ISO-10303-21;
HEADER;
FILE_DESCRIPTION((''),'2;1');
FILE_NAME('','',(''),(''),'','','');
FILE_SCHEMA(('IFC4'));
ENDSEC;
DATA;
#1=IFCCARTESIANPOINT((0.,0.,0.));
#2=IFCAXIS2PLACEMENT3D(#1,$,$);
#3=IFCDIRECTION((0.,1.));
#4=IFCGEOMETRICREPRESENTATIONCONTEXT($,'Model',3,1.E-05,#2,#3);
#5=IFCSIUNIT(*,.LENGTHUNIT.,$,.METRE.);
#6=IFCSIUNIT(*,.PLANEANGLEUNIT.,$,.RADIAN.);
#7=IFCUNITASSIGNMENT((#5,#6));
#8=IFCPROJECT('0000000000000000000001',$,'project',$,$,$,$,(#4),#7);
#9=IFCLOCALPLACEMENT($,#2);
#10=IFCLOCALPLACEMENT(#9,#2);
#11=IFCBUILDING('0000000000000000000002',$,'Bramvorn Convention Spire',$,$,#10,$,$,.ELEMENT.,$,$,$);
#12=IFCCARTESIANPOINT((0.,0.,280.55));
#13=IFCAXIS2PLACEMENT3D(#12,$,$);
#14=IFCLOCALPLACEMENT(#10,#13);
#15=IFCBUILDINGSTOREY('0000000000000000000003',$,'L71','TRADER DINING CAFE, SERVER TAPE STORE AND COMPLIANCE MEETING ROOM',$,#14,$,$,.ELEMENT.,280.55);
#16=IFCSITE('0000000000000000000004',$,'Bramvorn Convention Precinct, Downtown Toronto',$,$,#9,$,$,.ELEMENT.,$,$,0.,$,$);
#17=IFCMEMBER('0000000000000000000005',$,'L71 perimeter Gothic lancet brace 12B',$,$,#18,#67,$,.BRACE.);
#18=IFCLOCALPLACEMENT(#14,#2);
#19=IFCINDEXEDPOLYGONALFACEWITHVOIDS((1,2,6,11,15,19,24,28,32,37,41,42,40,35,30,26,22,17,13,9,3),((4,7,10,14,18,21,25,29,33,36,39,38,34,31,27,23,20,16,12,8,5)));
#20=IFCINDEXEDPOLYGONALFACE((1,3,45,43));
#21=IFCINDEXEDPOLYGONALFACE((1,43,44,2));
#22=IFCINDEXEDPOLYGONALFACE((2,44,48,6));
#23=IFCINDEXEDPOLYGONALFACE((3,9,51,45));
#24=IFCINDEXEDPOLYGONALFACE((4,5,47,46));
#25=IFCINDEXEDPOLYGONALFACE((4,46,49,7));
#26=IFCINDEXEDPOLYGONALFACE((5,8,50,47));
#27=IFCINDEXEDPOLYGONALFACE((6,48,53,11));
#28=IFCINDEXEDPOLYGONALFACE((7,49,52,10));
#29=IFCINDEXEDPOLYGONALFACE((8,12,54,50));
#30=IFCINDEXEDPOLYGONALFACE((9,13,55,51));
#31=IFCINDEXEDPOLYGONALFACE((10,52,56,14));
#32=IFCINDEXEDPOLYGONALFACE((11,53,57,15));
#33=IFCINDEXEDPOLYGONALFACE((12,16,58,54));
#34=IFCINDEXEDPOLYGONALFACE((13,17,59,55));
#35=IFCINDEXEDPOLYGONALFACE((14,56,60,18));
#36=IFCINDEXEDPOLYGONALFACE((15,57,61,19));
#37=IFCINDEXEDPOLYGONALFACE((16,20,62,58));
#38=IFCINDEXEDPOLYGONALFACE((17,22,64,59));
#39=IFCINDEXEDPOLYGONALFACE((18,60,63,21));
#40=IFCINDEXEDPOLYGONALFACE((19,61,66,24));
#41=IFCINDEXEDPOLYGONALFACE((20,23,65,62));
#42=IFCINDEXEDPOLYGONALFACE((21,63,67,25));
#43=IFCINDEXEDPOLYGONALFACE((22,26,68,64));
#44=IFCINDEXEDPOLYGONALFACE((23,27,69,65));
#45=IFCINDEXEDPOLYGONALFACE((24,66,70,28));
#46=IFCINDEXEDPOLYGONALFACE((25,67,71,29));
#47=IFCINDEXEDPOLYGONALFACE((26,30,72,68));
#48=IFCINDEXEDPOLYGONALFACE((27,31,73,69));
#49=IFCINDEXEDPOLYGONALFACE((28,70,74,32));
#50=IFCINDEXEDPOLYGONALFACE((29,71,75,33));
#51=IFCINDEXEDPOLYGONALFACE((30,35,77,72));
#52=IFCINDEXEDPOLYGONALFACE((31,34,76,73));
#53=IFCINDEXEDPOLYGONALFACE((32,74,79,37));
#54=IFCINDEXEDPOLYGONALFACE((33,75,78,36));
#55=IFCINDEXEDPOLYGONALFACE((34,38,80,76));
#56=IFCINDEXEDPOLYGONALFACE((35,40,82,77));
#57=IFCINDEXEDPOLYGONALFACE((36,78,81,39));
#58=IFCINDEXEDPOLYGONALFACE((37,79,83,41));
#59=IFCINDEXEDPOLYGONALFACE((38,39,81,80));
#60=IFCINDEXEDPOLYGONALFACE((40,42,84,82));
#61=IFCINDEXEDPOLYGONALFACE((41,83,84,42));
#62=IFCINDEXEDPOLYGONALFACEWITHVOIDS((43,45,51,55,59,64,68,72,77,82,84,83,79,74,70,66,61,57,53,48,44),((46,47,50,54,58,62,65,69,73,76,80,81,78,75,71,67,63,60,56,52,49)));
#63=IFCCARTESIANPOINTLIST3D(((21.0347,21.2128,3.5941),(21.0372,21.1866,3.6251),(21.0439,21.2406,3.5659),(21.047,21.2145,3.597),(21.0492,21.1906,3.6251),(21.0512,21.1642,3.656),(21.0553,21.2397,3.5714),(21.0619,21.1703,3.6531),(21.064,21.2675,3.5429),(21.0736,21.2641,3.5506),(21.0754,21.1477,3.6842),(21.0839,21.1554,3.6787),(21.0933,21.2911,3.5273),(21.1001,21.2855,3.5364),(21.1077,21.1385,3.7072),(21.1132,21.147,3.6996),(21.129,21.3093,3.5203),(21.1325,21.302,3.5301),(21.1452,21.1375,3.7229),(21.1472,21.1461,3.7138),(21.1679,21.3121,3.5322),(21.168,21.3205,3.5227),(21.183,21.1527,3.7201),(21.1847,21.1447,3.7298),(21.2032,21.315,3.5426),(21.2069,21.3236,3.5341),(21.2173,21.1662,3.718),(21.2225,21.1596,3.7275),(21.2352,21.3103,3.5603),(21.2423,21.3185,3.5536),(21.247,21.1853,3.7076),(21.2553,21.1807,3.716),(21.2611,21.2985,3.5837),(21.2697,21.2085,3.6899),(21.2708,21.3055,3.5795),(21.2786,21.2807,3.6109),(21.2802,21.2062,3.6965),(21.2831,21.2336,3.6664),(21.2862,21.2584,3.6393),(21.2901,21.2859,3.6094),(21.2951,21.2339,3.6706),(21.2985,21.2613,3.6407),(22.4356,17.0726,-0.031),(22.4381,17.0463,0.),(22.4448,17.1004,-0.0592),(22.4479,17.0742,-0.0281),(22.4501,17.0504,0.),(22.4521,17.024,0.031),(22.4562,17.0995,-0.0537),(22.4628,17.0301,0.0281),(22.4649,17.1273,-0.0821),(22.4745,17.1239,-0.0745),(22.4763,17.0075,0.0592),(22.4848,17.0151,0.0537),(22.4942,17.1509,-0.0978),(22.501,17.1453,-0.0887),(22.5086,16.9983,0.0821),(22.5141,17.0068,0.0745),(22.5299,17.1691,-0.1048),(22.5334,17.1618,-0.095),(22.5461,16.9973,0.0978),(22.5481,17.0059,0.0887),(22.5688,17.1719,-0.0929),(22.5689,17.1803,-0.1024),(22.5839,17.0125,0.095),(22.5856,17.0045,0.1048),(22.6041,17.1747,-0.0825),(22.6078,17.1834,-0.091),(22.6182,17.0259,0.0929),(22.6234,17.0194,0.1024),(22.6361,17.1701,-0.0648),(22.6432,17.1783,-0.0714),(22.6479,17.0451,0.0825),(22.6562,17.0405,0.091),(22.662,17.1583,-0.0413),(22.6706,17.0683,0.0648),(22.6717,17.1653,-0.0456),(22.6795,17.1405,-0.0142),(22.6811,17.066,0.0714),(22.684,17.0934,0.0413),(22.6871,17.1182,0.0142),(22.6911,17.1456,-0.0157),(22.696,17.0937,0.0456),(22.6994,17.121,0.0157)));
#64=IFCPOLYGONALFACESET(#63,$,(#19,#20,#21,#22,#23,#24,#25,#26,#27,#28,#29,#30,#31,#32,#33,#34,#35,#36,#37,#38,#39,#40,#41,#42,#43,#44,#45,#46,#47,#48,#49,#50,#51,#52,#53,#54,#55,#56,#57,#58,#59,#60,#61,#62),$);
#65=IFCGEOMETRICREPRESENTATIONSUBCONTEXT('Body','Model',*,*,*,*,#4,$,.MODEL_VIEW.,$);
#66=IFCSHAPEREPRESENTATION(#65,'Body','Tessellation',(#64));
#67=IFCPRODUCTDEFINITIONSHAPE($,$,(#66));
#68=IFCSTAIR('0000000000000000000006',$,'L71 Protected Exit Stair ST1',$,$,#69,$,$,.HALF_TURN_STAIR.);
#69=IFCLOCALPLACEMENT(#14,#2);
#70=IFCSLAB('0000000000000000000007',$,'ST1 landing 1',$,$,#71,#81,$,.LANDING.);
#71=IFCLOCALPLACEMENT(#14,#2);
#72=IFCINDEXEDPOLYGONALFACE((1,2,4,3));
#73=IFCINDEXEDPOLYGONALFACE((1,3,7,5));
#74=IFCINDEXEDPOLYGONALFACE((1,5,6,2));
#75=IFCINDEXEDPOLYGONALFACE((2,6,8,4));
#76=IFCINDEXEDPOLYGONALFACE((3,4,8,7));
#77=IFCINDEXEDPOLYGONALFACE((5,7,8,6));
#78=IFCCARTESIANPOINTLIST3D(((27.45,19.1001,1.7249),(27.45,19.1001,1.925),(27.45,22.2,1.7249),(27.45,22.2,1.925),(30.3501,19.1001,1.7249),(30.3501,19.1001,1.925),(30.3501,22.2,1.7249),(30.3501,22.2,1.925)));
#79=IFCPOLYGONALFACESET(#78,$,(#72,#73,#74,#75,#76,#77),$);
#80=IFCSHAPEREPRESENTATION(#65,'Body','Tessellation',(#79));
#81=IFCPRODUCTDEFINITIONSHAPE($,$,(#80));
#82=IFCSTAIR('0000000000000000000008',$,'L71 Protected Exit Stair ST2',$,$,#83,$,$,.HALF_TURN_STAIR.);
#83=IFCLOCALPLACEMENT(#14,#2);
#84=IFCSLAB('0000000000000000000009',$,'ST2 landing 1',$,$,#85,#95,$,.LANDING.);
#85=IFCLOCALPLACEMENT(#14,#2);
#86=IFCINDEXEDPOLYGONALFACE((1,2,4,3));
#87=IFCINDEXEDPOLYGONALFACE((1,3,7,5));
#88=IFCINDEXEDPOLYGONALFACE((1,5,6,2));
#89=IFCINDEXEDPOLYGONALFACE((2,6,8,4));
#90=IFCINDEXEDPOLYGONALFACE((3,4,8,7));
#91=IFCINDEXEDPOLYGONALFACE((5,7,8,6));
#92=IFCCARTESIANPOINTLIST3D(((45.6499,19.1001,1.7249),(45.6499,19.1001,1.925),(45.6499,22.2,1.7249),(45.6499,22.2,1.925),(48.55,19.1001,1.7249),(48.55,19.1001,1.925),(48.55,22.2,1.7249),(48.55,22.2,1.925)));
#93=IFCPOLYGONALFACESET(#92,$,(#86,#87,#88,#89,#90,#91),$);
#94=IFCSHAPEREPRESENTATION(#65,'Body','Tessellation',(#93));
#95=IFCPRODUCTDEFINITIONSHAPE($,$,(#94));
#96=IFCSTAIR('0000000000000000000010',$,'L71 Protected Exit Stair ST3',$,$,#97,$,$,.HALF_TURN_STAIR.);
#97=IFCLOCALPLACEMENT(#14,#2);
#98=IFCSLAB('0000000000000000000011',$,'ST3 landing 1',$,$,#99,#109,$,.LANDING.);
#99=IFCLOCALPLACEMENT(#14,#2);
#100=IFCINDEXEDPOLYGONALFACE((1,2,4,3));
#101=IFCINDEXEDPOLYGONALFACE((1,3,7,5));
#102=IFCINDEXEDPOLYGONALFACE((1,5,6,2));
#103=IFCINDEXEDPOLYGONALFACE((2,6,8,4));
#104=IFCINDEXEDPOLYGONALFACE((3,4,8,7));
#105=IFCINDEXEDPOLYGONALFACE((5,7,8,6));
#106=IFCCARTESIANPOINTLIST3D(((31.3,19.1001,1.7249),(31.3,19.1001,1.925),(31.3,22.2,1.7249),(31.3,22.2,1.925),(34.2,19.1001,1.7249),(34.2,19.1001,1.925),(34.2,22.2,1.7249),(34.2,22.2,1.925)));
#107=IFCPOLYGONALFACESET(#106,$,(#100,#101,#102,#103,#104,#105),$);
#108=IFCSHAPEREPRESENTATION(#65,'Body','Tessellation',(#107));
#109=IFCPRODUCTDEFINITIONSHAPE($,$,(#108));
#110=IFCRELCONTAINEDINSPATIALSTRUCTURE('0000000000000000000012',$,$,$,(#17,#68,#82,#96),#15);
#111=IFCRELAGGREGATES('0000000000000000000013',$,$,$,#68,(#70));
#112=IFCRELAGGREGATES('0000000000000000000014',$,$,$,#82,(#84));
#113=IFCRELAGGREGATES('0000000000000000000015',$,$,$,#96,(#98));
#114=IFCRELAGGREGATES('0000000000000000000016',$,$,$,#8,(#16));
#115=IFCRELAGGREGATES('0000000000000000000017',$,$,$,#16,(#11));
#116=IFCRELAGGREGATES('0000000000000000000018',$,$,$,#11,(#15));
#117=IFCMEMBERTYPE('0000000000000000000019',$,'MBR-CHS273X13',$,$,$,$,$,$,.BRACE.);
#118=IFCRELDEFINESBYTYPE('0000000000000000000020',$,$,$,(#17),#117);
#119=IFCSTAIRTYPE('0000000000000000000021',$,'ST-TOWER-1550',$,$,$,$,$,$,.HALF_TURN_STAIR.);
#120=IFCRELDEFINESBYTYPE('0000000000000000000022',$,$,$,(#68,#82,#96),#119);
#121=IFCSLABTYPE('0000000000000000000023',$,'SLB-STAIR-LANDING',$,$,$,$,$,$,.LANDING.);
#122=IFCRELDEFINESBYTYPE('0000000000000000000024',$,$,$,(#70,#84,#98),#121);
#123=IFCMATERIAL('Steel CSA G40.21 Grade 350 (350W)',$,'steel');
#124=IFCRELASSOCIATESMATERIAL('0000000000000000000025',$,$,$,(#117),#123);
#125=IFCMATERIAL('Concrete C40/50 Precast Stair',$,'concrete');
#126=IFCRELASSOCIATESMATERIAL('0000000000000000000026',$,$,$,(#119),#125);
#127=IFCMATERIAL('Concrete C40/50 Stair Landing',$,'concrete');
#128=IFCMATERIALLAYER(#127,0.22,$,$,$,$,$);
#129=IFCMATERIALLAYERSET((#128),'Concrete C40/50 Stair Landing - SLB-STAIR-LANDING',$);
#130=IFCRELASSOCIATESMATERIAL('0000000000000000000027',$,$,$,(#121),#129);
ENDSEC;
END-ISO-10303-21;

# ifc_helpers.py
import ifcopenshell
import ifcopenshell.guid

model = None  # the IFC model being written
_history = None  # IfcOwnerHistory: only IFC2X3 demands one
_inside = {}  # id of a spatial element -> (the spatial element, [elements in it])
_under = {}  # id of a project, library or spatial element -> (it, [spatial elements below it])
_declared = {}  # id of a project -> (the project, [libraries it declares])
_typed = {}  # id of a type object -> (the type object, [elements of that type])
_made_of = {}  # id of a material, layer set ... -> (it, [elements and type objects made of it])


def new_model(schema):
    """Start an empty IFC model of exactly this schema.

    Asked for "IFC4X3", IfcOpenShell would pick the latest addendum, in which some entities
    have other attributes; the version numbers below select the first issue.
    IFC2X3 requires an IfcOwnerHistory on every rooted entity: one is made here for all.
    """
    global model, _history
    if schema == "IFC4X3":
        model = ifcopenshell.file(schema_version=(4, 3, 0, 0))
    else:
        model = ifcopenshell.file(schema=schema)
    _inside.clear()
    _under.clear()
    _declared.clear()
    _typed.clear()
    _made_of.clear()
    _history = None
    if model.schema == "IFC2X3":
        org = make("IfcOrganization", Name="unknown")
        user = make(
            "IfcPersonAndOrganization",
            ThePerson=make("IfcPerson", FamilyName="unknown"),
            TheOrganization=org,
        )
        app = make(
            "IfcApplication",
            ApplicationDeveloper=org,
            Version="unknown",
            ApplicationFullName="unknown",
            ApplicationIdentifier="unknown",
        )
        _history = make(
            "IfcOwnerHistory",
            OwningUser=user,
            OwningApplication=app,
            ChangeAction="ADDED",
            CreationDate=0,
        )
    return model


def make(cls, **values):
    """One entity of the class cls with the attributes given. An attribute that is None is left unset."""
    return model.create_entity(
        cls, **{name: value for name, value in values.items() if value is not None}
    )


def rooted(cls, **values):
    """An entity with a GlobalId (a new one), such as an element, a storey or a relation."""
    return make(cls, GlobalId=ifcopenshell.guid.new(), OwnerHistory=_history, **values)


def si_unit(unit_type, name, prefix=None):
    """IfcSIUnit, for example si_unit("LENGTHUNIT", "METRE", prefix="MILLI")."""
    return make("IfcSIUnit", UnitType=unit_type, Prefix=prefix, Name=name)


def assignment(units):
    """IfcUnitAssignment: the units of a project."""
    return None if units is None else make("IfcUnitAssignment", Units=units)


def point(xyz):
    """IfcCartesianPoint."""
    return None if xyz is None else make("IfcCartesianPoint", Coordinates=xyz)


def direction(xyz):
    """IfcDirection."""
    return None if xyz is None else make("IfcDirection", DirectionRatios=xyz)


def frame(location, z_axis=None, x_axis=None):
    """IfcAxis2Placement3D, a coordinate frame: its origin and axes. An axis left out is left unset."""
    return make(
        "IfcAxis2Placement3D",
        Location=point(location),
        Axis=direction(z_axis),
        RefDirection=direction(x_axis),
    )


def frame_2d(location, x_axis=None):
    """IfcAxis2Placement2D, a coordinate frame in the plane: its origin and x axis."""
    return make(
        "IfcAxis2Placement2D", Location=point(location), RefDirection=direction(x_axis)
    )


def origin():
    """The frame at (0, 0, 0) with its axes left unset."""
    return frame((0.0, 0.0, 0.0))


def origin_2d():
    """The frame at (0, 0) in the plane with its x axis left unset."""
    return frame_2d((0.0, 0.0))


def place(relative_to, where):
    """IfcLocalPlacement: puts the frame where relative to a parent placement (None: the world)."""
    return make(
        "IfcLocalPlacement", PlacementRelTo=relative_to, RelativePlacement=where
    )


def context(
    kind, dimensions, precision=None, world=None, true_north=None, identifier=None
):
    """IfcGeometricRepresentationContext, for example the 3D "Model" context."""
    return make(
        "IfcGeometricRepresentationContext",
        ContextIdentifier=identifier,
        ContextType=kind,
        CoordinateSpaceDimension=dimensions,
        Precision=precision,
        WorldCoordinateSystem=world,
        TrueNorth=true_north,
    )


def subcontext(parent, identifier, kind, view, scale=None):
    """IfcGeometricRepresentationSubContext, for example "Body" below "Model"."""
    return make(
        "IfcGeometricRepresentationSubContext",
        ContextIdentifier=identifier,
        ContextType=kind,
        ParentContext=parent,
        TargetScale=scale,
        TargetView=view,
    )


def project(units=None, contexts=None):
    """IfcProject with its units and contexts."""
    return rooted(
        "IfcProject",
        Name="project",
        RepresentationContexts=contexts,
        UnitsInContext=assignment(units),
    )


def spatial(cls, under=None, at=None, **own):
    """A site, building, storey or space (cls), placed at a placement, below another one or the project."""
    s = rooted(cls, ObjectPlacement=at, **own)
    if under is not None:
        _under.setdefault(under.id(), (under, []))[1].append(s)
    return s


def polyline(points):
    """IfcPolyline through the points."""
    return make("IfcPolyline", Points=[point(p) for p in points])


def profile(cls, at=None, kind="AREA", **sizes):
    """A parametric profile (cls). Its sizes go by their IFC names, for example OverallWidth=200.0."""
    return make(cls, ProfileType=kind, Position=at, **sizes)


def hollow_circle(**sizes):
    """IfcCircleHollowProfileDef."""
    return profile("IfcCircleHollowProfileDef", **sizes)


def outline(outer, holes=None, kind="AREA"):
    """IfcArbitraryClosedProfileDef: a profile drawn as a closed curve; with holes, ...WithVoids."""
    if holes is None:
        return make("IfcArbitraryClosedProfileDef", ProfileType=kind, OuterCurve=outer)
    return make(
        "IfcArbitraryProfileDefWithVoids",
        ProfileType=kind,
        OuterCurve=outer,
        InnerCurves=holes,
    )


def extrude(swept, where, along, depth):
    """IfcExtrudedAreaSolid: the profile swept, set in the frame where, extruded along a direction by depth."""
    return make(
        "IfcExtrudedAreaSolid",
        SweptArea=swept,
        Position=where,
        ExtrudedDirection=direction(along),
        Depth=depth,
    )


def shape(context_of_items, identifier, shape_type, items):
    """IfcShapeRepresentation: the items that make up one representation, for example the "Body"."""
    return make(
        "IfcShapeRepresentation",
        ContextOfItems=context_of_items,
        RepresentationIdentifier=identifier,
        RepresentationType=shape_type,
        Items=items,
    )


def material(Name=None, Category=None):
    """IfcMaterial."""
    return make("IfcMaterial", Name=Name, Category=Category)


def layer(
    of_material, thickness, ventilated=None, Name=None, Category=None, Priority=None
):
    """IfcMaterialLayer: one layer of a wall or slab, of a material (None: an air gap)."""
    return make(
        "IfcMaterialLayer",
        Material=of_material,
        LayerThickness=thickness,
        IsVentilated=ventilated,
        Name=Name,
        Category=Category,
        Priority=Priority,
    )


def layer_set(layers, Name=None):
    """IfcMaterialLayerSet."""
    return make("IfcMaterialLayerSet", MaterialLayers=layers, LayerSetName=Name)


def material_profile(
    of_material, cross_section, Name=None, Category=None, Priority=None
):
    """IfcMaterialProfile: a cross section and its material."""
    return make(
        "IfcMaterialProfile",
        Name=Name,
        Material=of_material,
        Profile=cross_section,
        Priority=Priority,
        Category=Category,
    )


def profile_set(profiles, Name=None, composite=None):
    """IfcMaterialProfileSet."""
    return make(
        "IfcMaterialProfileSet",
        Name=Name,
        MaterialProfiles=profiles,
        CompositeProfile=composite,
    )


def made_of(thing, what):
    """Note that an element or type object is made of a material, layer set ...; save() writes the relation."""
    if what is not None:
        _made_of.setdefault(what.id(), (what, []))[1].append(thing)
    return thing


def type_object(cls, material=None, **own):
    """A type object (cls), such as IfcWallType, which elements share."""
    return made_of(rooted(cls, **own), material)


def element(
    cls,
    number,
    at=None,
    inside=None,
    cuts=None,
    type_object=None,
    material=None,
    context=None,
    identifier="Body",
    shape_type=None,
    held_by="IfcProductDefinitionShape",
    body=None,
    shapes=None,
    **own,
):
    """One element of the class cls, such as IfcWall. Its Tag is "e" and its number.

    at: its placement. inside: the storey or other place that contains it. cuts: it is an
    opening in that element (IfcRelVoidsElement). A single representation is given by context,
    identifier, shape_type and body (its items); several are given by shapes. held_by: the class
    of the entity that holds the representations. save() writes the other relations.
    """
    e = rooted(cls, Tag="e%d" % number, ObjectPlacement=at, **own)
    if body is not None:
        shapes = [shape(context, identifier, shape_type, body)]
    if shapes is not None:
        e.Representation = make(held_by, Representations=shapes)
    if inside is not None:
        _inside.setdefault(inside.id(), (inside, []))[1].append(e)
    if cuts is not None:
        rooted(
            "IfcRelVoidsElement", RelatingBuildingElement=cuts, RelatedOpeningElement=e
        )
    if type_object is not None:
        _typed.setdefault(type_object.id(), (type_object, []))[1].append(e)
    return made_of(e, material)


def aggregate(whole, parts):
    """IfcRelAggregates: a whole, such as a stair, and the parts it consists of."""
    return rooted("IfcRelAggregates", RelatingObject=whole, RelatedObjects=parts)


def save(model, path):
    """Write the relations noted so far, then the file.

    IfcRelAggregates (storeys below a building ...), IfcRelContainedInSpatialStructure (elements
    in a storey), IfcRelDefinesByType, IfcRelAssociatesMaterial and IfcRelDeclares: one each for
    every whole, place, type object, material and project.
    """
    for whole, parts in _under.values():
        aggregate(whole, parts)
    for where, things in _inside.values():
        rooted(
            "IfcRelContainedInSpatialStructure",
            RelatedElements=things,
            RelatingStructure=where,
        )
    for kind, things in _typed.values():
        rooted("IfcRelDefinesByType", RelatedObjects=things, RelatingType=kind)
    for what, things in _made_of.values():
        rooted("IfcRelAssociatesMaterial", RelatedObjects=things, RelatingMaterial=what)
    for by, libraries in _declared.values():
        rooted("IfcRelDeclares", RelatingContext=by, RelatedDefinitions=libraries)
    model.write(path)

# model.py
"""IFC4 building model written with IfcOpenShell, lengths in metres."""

from ifc_helpers import new_model, si_unit, direction, frame, origin, origin_2d, place, context, subcontext, project, spatial, polyline, hollow_circle, outline, extrude, material, layer, layer_set, material_profile, profile_set, type_object, element, aggregate, save


model = new_model("IFC4")

# Units and contexts
model_context = context("Model", 3, precision=1e-05, world=origin(), true_north=direction((0.0, 1.0)))
body_context = subcontext(model_context, "Body", "Model", "MODEL_VIEW")
ifc_project = project(units=[si_unit("LENGTHUNIT", "METRE"), si_unit("PLANEANGLEUNIT", "RADIAN")], contexts=[model_context])

# Site, building, storey
site_placement = place(None, origin())
site = spatial("IfcSite", under=ifc_project, at=site_placement, Name="Bramvorn Convention Precinct, Downtown Toronto", CompositionType="ELEMENT", RefElevation=0.0)
building_placement = place(site_placement, origin())
building = spatial("IfcBuilding", under=site, at=building_placement, Name="Bramvorn Convention Spire", CompositionType="ELEMENT")
storey_placement = place(building_placement, frame((0.0, 0.0, 280.55)))
storey = spatial("IfcBuildingStorey", under=building, at=storey_placement, Name="L71", Description="TRADER DINING CAFE, SERVER TAPE STORE AND COMPLIANCE MEETING ROOM", CompositionType="ELEMENT", Elevation=280.55)

# Shared definitions
ifc_material_1 = material(Name="Steel CSA G40.21 Grade 350 (350W)", Category="steel")

# Member
ifc_material_profile_1 = material_profile(ifc_material_1, hollow_circle(Radius=0.1365, WallThickness=0.0127, at=origin_2d()))
ifc_profile_set_1 = profile_set([ifc_material_profile_1], Name="Steel CSA G40.21 Grade 350 (350W) - CHS273X13")
member_type = type_object("IfcMemberType", Name="MBR-CHS273X13", PredefinedType="BRACE", material=ifc_profile_set_1)
member_placement = place(storey_placement, frame((22.5674, 17.0901, 0.0), z_axis=(-0.246705, 0.729107, 0.638388), x_axis=(-0.947244, -0.320514, 0.0)))
element("IfcMember", 1, at=member_placement, inside=storey, type_object=member_type, Name="L71 perimeter Gothic lancet brace 12B", PredefinedType="BRACE", context=body_context, shape_type="SweptSolid", body=[
    extrude(hollow_circle(Radius=0.1365, WallThickness=0.0127, at=origin_2d()), origin(), (0.0, 0.0, 1.0), 5.6785),
])

# Stairs, slabs
ifc_material_2 = material(Name="Concrete C40/50 Precast Stair", Category="concrete")
stair_type = type_object("IfcStairType", Name="ST-TOWER-1550", PredefinedType="HALF_TURN_STAIR", material=ifc_material_2)
stair_1_placement = place(storey_placement, origin())
stair_1 = element("IfcStair", 2, at=stair_1_placement, inside=storey, type_object=stair_type, Name="L71 Protected Exit Stair ST1", PredefinedType="HALF_TURN_STAIR")
ifc_material_3 = material(Name="Concrete C40/50 Stair Landing", Category="concrete")
ifc_layer_1 = layer(ifc_material_3, 0.22)
ifc_layer_set_1 = layer_set([ifc_layer_1], Name="Concrete C40/50 Stair Landing - SLB-STAIR-LANDING")
slab_type_1 = type_object("IfcSlabType", Name="SLB-STAIR-LANDING", PredefinedType="LANDING", material=ifc_layer_set_1)
slab_1_placement = place(storey_placement, frame((0.0, 0.0, 1.7249)))
slab_1 = element("IfcSlab", 3, at=slab_1_placement, type_object=slab_type_1, Name="ST1 landing 1", PredefinedType="LANDING", context=body_context, shape_type="SweptSolid", body=[
    extrude(outline(polyline([(27.45, 22.2), (27.45, 19.1001), (30.3501, 19.1001), (30.3501, 22.2), (27.45, 22.2)])), origin(), (0.0, 0.0, 1.0), 0.2002),
])
aggregate(stair_1, [slab_1])
stair_2_placement = place(storey_placement, origin())
stair_2 = element("IfcStair", 4, at=stair_2_placement, inside=storey, type_object=stair_type, Name="L71 Protected Exit Stair ST2", PredefinedType="HALF_TURN_STAIR")
slab_2_placement = place(storey_placement, frame((0.0, 0.0, 1.7249)))
slab_2 = element("IfcSlab", 5, at=slab_2_placement, type_object=slab_type_1, Name="ST2 landing 1", PredefinedType="LANDING", context=body_context, shape_type="SweptSolid", body=[
    extrude(outline(polyline([(45.6499, 22.2), (45.6499, 19.1001), (48.55, 19.1001), (48.55, 22.2), (45.6499, 22.2)])), origin(), (0.0, 0.0, 1.0), 0.2002),
])
aggregate(stair_2, [slab_2])
stair_3_placement = place(storey_placement, origin())
stair_3 = element("IfcStair", 6, at=stair_3_placement, inside=storey, type_object=stair_type, Name="L71 Protected Exit Stair ST3", PredefinedType="HALF_TURN_STAIR")
slab_3_placement = place(storey_placement, frame((0.0, 0.0, 1.7249)))
slab_3 = element("IfcSlab", 7, at=slab_3_placement, type_object=slab_type_1, Name="ST3 landing 1", PredefinedType="LANDING", context=body_context, shape_type="SweptSolid", body=[
    extrude(outline(polyline([(31.3, 22.2), (31.3, 19.1001), (34.2, 19.1001), (34.2, 22.2), (31.3, 22.2)])), origin(), (0.0, 0.0, 1.0), 0.2002),
])
aggregate(stair_3, [slab_3])

save(model, "model.ifc")
